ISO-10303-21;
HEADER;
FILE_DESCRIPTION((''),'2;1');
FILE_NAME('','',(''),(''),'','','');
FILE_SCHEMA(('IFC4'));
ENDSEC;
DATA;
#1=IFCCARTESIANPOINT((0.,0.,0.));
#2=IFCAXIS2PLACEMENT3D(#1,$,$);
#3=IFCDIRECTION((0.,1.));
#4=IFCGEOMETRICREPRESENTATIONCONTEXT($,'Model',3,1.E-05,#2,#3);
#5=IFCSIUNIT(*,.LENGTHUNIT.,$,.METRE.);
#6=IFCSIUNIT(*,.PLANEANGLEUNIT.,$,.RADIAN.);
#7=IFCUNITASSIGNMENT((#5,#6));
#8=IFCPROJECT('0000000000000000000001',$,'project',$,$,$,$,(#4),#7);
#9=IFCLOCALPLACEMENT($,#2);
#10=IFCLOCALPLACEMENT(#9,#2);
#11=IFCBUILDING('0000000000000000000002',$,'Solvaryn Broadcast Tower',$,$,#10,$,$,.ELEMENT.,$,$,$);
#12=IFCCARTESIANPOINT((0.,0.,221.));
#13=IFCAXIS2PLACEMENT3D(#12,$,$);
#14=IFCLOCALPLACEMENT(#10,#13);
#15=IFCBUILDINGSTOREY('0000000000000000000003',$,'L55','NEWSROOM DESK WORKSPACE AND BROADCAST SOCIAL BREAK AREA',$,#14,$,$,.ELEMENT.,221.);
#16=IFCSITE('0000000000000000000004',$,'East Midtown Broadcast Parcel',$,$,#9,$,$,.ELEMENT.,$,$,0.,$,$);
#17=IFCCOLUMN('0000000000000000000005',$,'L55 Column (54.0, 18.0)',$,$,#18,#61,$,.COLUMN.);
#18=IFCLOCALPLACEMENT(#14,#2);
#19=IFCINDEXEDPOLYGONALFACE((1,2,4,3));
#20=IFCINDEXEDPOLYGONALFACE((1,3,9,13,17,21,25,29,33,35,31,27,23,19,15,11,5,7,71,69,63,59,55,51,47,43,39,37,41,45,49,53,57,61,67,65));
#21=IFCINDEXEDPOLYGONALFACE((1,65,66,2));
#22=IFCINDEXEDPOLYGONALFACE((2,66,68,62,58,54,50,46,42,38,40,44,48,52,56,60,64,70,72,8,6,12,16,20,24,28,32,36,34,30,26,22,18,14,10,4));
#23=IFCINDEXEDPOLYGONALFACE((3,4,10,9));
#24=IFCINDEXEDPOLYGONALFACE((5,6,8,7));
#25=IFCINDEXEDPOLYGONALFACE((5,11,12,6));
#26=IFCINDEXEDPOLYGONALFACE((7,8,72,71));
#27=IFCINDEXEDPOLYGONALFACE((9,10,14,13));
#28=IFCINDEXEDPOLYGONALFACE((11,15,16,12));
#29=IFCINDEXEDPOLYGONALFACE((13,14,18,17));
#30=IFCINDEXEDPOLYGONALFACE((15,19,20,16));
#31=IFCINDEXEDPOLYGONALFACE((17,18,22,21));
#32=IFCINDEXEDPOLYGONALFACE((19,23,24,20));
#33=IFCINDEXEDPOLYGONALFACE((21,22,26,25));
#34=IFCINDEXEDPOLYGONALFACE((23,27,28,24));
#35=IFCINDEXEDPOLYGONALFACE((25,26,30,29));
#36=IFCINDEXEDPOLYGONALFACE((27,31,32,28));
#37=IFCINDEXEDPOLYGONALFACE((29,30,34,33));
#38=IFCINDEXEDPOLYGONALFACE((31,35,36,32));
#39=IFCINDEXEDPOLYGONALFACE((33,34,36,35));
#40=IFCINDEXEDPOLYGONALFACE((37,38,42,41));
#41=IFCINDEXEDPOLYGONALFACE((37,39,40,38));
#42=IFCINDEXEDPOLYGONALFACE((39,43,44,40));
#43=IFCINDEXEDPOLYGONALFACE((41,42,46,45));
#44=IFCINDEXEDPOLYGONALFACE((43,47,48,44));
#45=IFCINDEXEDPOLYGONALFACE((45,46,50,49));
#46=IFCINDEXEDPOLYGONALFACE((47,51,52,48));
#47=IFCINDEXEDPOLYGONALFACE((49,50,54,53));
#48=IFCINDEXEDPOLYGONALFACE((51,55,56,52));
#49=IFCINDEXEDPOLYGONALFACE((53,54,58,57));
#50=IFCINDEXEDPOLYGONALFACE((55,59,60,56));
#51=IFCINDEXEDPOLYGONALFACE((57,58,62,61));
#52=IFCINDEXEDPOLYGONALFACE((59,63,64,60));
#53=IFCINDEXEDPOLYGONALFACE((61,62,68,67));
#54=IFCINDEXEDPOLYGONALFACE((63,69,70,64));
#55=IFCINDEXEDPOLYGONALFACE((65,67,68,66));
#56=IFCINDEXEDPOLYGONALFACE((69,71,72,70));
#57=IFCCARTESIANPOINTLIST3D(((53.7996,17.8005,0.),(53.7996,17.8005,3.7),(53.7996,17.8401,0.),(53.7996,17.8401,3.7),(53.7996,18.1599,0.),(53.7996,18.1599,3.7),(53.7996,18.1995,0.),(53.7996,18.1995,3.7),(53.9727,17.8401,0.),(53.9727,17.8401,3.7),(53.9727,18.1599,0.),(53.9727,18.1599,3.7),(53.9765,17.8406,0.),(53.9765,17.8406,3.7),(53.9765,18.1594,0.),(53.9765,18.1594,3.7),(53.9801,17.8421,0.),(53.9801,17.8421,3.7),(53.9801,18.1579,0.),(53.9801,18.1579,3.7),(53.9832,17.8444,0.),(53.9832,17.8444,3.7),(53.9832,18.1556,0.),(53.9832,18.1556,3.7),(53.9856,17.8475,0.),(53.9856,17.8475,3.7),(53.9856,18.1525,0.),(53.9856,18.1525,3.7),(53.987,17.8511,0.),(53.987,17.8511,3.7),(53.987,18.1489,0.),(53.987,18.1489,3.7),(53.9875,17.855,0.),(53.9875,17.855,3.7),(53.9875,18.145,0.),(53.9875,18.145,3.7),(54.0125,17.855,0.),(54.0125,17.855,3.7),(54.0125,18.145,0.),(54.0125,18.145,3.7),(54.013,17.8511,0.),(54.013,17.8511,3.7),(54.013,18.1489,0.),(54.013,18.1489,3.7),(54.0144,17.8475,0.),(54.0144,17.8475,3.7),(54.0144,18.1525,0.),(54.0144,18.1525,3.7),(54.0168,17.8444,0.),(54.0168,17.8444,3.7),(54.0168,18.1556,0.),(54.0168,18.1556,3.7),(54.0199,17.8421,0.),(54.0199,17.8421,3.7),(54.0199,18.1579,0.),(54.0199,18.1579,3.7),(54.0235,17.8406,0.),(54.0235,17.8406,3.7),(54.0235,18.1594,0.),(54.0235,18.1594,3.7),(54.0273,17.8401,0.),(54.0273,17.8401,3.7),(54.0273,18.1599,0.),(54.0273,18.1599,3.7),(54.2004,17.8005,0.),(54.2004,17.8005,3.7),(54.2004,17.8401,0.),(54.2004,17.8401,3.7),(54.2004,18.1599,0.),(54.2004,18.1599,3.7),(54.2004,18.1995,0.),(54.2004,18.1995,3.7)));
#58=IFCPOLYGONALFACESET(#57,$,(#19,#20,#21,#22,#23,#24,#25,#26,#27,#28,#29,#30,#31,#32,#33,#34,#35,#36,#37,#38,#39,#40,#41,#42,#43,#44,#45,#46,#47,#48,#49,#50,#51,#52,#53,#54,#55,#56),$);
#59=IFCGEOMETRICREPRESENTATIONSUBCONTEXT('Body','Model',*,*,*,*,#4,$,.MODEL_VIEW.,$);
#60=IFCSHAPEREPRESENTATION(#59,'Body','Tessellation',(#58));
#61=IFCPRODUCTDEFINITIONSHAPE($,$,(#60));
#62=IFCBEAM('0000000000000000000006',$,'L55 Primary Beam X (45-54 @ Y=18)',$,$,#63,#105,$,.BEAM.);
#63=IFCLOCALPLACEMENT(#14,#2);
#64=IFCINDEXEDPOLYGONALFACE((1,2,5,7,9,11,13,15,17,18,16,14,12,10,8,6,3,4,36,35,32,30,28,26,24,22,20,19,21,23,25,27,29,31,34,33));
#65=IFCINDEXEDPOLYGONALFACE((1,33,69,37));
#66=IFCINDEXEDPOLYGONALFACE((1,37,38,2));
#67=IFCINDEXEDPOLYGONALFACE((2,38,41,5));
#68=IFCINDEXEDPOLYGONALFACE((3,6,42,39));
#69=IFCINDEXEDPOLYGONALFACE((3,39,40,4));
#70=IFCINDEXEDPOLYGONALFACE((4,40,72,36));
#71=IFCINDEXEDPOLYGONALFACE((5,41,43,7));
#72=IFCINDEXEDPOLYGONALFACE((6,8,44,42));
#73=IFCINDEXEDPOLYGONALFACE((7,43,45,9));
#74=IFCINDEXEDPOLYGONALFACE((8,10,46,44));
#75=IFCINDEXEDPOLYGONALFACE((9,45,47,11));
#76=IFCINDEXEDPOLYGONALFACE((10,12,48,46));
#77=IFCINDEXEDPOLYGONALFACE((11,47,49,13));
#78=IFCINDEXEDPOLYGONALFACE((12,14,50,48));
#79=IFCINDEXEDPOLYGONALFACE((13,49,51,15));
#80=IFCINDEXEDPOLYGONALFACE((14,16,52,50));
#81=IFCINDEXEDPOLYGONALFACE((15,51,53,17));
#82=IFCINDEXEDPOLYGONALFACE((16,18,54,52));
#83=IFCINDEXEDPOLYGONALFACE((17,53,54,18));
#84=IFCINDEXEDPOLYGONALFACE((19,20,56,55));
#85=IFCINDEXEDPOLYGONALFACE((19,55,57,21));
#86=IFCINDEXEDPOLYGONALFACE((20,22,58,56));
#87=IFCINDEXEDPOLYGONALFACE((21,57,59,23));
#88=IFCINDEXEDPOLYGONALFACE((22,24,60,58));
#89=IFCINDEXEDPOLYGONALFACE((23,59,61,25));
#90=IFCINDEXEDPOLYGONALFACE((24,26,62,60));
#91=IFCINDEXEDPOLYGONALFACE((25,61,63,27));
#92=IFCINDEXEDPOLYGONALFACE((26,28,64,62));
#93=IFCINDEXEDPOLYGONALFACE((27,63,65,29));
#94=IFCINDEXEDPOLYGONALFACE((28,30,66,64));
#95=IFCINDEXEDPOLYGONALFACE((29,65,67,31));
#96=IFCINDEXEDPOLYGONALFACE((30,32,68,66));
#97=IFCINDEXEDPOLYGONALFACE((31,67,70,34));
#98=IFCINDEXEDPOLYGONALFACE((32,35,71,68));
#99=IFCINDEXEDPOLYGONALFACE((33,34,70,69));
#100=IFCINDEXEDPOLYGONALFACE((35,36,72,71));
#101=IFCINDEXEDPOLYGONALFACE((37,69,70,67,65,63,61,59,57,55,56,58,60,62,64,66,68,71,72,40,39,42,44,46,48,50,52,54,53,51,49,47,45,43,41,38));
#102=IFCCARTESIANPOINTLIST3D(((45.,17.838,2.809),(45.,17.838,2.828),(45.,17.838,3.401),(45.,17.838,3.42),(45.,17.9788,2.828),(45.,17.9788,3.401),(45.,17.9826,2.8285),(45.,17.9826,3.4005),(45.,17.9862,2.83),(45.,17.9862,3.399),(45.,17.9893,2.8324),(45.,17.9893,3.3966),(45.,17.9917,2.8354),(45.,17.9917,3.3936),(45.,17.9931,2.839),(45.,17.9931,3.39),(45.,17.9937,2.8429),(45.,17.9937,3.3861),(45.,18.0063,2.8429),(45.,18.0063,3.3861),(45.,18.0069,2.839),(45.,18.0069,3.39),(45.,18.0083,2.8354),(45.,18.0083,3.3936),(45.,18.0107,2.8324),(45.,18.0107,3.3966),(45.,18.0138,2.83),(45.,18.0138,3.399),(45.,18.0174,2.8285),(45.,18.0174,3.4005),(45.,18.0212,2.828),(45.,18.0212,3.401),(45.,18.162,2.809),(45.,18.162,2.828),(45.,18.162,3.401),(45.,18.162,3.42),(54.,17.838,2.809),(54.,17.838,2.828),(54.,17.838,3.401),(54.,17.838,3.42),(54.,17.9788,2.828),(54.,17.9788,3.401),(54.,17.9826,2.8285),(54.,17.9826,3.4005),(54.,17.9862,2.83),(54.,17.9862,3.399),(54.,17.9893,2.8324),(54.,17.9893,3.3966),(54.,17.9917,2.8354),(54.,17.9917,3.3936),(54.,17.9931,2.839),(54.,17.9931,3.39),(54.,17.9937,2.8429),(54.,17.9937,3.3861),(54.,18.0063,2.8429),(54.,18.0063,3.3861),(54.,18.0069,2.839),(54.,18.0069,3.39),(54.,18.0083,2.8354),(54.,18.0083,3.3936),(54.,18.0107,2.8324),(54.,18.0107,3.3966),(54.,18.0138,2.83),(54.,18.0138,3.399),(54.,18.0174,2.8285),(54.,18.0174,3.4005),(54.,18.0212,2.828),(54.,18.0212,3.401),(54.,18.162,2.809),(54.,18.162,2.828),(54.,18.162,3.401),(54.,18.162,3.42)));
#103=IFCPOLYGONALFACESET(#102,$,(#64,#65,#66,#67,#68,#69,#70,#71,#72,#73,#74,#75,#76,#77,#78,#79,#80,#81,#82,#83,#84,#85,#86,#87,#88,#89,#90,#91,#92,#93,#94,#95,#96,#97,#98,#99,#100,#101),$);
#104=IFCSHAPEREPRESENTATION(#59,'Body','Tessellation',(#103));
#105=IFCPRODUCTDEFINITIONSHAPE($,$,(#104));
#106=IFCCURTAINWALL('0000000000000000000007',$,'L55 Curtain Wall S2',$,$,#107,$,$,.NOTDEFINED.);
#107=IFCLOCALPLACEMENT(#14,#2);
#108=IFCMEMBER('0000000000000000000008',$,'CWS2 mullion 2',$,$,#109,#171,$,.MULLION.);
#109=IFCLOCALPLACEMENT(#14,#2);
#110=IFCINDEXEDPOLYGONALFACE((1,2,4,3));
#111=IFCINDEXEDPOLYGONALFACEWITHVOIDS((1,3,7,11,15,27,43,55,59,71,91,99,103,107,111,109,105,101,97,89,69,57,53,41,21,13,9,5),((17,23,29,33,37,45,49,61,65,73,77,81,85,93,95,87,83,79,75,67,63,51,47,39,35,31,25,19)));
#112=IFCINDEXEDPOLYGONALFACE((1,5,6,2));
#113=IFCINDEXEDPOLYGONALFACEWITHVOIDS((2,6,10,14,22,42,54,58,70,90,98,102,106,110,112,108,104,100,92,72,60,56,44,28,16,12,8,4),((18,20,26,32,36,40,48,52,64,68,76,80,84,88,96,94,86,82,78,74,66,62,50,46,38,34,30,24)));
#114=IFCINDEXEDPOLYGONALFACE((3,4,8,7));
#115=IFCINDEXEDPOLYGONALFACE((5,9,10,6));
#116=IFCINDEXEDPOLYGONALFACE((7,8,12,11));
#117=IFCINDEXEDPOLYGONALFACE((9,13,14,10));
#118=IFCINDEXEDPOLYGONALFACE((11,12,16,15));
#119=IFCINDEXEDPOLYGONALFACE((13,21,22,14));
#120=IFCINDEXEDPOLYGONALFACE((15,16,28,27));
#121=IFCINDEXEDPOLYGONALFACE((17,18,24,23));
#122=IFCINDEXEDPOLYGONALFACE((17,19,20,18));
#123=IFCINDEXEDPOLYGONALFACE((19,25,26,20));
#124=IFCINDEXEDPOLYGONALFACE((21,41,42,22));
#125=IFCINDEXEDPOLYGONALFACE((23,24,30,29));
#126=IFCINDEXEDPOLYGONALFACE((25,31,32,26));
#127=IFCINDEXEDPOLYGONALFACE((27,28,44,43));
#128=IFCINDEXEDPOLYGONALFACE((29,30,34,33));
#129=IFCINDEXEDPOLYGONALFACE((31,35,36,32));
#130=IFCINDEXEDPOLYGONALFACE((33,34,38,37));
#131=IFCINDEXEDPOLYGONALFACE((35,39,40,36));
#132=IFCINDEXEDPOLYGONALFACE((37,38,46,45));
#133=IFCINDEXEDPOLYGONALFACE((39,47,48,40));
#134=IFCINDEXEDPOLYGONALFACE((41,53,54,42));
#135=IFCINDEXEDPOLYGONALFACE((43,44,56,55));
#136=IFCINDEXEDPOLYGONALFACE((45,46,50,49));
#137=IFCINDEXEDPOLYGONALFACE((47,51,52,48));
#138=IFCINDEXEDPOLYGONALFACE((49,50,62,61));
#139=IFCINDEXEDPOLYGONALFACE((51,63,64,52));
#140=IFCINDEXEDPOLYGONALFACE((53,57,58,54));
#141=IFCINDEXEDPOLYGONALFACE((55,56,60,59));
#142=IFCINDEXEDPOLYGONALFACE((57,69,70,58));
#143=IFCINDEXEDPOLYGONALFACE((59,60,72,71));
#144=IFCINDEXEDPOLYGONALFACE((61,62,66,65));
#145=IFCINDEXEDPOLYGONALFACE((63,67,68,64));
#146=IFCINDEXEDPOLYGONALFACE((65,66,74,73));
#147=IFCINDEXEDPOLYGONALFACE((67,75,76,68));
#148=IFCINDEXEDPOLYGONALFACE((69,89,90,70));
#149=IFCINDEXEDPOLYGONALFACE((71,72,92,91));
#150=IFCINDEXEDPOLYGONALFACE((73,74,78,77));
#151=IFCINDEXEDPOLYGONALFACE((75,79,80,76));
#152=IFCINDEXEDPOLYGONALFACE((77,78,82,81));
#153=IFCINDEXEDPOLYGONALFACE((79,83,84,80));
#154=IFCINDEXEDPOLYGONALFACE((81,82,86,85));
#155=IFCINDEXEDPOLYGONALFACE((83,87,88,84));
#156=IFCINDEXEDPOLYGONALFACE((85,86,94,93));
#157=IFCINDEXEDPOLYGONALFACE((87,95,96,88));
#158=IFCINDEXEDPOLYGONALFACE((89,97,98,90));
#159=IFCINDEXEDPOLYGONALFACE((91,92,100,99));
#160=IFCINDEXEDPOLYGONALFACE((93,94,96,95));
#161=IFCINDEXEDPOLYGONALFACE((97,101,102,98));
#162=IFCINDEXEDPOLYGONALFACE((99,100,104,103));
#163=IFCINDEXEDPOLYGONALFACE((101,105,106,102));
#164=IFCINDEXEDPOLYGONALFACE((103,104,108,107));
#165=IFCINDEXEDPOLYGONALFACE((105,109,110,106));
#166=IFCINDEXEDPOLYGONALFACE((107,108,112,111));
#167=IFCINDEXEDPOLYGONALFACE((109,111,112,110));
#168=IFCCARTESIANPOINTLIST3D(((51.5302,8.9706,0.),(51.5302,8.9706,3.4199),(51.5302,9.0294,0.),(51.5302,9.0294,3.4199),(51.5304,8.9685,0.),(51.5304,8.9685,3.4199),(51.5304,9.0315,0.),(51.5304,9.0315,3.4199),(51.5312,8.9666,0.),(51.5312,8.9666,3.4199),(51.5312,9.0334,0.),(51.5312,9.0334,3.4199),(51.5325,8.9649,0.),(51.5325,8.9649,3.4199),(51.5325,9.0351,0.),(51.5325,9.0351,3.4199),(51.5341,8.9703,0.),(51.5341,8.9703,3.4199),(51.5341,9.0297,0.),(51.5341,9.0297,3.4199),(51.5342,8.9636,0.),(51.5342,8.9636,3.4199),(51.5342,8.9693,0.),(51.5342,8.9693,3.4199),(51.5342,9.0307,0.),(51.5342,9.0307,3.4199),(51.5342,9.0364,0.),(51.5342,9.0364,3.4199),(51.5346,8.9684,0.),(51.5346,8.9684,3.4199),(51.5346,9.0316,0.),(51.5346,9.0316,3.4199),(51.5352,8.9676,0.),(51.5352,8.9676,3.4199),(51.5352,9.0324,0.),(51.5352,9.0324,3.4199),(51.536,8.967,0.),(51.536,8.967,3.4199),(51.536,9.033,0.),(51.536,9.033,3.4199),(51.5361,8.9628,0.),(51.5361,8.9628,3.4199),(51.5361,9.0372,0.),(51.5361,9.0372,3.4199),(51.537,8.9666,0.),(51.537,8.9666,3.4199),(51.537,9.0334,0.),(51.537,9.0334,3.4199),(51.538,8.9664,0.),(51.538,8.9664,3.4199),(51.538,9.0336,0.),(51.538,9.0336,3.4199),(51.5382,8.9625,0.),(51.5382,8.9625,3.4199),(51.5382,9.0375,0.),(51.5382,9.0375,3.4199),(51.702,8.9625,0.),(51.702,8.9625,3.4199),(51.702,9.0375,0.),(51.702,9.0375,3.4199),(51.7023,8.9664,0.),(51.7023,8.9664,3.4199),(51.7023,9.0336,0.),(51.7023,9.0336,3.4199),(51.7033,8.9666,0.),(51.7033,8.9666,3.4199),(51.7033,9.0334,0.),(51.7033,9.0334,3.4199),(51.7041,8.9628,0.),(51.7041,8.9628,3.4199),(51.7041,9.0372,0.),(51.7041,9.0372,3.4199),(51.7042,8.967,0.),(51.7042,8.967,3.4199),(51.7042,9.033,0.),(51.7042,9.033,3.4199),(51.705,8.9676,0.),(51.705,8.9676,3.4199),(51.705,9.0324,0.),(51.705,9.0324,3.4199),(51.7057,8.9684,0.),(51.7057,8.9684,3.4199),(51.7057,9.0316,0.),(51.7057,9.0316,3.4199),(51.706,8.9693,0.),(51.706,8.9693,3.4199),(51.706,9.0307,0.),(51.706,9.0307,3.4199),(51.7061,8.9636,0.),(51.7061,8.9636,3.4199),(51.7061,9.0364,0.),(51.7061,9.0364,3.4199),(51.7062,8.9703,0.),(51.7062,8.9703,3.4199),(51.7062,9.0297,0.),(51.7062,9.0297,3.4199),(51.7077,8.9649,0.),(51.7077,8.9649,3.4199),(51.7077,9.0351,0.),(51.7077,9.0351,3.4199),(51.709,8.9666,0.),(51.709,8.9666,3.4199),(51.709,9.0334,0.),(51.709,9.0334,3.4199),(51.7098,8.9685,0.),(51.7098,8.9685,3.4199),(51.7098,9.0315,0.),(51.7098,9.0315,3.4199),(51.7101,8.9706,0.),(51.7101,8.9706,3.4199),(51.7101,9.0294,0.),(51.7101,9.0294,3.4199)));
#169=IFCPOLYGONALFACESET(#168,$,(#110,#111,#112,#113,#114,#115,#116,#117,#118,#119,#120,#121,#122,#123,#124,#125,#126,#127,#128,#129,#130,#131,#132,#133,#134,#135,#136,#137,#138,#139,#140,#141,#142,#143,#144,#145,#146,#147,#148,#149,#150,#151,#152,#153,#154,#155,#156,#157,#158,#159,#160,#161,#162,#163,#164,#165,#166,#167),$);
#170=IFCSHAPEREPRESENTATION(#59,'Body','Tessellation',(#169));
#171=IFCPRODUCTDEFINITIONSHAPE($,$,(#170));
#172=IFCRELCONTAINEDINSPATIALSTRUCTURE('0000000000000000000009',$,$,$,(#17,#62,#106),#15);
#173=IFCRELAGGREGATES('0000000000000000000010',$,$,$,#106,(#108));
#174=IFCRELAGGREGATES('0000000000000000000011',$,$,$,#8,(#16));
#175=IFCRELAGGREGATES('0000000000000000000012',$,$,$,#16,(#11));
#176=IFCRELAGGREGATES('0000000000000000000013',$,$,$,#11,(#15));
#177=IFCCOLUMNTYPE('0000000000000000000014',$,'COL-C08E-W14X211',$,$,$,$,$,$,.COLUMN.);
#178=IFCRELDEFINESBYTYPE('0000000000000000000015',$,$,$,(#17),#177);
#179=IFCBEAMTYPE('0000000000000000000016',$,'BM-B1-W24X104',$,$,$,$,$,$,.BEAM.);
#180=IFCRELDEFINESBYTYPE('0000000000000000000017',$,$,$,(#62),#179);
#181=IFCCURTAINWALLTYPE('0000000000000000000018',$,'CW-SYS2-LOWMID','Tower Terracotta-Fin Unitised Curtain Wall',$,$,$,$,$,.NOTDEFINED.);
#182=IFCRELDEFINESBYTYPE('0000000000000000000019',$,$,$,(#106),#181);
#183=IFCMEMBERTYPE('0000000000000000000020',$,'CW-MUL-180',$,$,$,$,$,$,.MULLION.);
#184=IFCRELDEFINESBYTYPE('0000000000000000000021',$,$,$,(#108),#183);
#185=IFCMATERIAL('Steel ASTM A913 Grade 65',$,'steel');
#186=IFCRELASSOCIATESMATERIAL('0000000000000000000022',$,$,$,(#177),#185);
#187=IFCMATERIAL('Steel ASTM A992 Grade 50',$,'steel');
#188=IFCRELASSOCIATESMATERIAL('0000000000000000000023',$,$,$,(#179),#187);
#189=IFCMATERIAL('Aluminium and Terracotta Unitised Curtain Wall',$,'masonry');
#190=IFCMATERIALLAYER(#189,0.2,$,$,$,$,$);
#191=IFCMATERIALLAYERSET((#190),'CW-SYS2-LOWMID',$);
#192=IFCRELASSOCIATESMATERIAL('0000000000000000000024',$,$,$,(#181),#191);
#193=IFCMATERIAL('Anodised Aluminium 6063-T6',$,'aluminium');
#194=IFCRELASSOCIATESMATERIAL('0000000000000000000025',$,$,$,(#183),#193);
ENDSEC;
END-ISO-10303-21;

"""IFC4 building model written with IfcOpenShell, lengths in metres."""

from ifc_helpers import new_model, si_unit, direction, frame, origin, origin_2d, place, context, subcontext, project, spatial, hollow_rectangle, i_section, extrude, material, layer, layer_set, material_profile, profile_set, type_object, element, aggregate, save


model = new_model("IFC4")

# Units and contexts
model_context = context("Model", 3, precision=1e-05, world=origin(), true_north=direction((0.0, 1.0)))
body_context = subcontext(model_context, "Body", "Model", "MODEL_VIEW")
ifc_project = project(units=[si_unit("LENGTHUNIT", "METRE"), si_unit("PLANEANGLEUNIT", "RADIAN")], contexts=[model_context])

# Site, building, storey
site_placement = place(None, origin())
site = spatial("IfcSite", under=ifc_project, at=site_placement, Name="East Midtown Broadcast Parcel", CompositionType="ELEMENT", RefElevation=0.0)
building_placement = place(site_placement, origin())
building = spatial("IfcBuilding", under=site, at=building_placement, Name="Solvaryn Broadcast Tower", CompositionType="ELEMENT")
storey_placement = place(building_placement, frame((0.0, 0.0, 221.0)))
storey = spatial("IfcBuildingStorey", under=building, at=storey_placement, Name="L55", Description="NEWSROOM DESK WORKSPACE AND BROADCAST SOCIAL BREAK AREA", CompositionType="ELEMENT", Elevation=221.0)

# Column
ifc_material_1 = material(Name="Steel ASTM A913 Grade 65", Category="steel")
ifc_material_profile_1 = material_profile(ifc_material_1, i_section(OverallWidth=0.4009, OverallDepth=0.3989, WebThickness=0.0249, FlangeThickness=0.0396, FilletRadius=0.0149, at=origin_2d()))
ifc_profile_set_1 = profile_set([ifc_material_profile_1], Name="Steel ASTM A913 Grade 65")
column_type = type_object("IfcColumnType", Name="COL-C08E-W14X211", PredefinedType="COLUMN", material=ifc_profile_set_1)
column_placement = place(storey_placement, frame((54.0, 18.0, 0.0), z_axis=(0.0, 0.0, 1.0), x_axis=(1.0, 0.0, 0.0)))
element("IfcColumn", 1, at=column_placement, inside=storey, type_object=column_type, Name="L55 Column (54.0, 18.0)", PredefinedType="COLUMN", context=body_context, shape_type="SweptSolid", body=[
    extrude(i_section(OverallWidth=0.4009, OverallDepth=0.3989, WebThickness=0.0249, FlangeThickness=0.0396, FilletRadius=0.0149, at=origin_2d()), origin(), (0.0, 0.0, 1.0), 3.7),
])

# Beam
ifc_material_2 = material(Name="Steel ASTM A992 Grade 50", Category="steel")
ifc_material_profile_2 = material_profile(ifc_material_2, i_section(OverallWidth=0.324, OverallDepth=0.6111, WebThickness=0.0127, FlangeThickness=0.019, FilletRadius=0.0149, at=origin_2d()))
ifc_profile_set_2 = profile_set([ifc_material_profile_2], Name="Steel ASTM A992 Grade 50")
beam_type = type_object("IfcBeamType", Name="BM-B1-W24X104", PredefinedType="BEAM", material=ifc_profile_set_2)
beam_placement = place(storey_placement, frame((45.0, 18.0, 3.1145), z_axis=(1.0, 0.0, 0.0), x_axis=(0.0, 1.0, 0.0)))
element("IfcBeam", 2, at=beam_placement, inside=storey, type_object=beam_type, Name="L55 Primary Beam X (45-54 @ Y=18)", PredefinedType="BEAM", context=body_context, shape_type="SweptSolid", body=[
    extrude(i_section(OverallWidth=0.324, OverallDepth=0.6111, WebThickness=0.0127, FlangeThickness=0.019, FilletRadius=0.0149, at=origin_2d()), origin(), (0.0, 0.0, 1.0), 9.0),
])

# Curtain wall, member
ifc_material_3 = material(Name="Aluminium and Terracotta Unitised Curtain Wall", Category="masonry")
ifc_layer_1 = layer(ifc_material_3, 0.2)
ifc_layer_set_1 = layer_set([ifc_layer_1], Name="CW-SYS2-LOWMID")
curtain_wall_type = type_object("IfcCurtainWallType", Name="CW-SYS2-LOWMID", Description="Tower Terracotta-Fin Unitised Curtain Wall", PredefinedType="NOTDEFINED", material=ifc_layer_set_1)
curtain_wall_1_placement = place(storey_placement, origin())
curtain_wall_1 = element("IfcCurtainWall", 3, at=curtain_wall_1_placement, inside=storey, type_object=curtain_wall_type, Name="L55 Curtain Wall S2", PredefinedType="NOTDEFINED")
ifc_material_4 = material(Name="Anodised Aluminium 6063-T6", Category="aluminium")
ifc_material_profile_3 = material_profile(ifc_material_4, hollow_rectangle(XDim=0.075, YDim=0.1799, WallThickness=0.0039, InnerFilletRadius=0.0039, OuterFilletRadius=0.0081, at=origin_2d()))
ifc_profile_set_3 = profile_set([ifc_material_profile_3], Name="Anodised Aluminium 6063-T6")
member_type_1 = type_object("IfcMemberType", Name="CW-MUL-180", PredefinedType="MULLION", material=ifc_profile_set_3)
member_1_placement = place(storey_placement, frame((51.6201, 9.0, 0.0), z_axis=(0.0, 0.0, 1.0), x_axis=(0.0, 1.0, 0.0)))
member_1 = element("IfcMember", 4, at=member_1_placement, type_object=member_type_1, Name="CWS2 mullion 2", PredefinedType="MULLION", context=body_context, shape_type="SweptSolid", body=[
    extrude(hollow_rectangle(XDim=0.075, YDim=0.1799, WallThickness=0.0039, InnerFilletRadius=0.0039, OuterFilletRadius=0.0081, at=origin_2d()), origin(), (0.0, 0.0, 1.0), 3.4199),
])

aggregate(curtain_wall_1, [member_1])

save(model, "model.ifc")
